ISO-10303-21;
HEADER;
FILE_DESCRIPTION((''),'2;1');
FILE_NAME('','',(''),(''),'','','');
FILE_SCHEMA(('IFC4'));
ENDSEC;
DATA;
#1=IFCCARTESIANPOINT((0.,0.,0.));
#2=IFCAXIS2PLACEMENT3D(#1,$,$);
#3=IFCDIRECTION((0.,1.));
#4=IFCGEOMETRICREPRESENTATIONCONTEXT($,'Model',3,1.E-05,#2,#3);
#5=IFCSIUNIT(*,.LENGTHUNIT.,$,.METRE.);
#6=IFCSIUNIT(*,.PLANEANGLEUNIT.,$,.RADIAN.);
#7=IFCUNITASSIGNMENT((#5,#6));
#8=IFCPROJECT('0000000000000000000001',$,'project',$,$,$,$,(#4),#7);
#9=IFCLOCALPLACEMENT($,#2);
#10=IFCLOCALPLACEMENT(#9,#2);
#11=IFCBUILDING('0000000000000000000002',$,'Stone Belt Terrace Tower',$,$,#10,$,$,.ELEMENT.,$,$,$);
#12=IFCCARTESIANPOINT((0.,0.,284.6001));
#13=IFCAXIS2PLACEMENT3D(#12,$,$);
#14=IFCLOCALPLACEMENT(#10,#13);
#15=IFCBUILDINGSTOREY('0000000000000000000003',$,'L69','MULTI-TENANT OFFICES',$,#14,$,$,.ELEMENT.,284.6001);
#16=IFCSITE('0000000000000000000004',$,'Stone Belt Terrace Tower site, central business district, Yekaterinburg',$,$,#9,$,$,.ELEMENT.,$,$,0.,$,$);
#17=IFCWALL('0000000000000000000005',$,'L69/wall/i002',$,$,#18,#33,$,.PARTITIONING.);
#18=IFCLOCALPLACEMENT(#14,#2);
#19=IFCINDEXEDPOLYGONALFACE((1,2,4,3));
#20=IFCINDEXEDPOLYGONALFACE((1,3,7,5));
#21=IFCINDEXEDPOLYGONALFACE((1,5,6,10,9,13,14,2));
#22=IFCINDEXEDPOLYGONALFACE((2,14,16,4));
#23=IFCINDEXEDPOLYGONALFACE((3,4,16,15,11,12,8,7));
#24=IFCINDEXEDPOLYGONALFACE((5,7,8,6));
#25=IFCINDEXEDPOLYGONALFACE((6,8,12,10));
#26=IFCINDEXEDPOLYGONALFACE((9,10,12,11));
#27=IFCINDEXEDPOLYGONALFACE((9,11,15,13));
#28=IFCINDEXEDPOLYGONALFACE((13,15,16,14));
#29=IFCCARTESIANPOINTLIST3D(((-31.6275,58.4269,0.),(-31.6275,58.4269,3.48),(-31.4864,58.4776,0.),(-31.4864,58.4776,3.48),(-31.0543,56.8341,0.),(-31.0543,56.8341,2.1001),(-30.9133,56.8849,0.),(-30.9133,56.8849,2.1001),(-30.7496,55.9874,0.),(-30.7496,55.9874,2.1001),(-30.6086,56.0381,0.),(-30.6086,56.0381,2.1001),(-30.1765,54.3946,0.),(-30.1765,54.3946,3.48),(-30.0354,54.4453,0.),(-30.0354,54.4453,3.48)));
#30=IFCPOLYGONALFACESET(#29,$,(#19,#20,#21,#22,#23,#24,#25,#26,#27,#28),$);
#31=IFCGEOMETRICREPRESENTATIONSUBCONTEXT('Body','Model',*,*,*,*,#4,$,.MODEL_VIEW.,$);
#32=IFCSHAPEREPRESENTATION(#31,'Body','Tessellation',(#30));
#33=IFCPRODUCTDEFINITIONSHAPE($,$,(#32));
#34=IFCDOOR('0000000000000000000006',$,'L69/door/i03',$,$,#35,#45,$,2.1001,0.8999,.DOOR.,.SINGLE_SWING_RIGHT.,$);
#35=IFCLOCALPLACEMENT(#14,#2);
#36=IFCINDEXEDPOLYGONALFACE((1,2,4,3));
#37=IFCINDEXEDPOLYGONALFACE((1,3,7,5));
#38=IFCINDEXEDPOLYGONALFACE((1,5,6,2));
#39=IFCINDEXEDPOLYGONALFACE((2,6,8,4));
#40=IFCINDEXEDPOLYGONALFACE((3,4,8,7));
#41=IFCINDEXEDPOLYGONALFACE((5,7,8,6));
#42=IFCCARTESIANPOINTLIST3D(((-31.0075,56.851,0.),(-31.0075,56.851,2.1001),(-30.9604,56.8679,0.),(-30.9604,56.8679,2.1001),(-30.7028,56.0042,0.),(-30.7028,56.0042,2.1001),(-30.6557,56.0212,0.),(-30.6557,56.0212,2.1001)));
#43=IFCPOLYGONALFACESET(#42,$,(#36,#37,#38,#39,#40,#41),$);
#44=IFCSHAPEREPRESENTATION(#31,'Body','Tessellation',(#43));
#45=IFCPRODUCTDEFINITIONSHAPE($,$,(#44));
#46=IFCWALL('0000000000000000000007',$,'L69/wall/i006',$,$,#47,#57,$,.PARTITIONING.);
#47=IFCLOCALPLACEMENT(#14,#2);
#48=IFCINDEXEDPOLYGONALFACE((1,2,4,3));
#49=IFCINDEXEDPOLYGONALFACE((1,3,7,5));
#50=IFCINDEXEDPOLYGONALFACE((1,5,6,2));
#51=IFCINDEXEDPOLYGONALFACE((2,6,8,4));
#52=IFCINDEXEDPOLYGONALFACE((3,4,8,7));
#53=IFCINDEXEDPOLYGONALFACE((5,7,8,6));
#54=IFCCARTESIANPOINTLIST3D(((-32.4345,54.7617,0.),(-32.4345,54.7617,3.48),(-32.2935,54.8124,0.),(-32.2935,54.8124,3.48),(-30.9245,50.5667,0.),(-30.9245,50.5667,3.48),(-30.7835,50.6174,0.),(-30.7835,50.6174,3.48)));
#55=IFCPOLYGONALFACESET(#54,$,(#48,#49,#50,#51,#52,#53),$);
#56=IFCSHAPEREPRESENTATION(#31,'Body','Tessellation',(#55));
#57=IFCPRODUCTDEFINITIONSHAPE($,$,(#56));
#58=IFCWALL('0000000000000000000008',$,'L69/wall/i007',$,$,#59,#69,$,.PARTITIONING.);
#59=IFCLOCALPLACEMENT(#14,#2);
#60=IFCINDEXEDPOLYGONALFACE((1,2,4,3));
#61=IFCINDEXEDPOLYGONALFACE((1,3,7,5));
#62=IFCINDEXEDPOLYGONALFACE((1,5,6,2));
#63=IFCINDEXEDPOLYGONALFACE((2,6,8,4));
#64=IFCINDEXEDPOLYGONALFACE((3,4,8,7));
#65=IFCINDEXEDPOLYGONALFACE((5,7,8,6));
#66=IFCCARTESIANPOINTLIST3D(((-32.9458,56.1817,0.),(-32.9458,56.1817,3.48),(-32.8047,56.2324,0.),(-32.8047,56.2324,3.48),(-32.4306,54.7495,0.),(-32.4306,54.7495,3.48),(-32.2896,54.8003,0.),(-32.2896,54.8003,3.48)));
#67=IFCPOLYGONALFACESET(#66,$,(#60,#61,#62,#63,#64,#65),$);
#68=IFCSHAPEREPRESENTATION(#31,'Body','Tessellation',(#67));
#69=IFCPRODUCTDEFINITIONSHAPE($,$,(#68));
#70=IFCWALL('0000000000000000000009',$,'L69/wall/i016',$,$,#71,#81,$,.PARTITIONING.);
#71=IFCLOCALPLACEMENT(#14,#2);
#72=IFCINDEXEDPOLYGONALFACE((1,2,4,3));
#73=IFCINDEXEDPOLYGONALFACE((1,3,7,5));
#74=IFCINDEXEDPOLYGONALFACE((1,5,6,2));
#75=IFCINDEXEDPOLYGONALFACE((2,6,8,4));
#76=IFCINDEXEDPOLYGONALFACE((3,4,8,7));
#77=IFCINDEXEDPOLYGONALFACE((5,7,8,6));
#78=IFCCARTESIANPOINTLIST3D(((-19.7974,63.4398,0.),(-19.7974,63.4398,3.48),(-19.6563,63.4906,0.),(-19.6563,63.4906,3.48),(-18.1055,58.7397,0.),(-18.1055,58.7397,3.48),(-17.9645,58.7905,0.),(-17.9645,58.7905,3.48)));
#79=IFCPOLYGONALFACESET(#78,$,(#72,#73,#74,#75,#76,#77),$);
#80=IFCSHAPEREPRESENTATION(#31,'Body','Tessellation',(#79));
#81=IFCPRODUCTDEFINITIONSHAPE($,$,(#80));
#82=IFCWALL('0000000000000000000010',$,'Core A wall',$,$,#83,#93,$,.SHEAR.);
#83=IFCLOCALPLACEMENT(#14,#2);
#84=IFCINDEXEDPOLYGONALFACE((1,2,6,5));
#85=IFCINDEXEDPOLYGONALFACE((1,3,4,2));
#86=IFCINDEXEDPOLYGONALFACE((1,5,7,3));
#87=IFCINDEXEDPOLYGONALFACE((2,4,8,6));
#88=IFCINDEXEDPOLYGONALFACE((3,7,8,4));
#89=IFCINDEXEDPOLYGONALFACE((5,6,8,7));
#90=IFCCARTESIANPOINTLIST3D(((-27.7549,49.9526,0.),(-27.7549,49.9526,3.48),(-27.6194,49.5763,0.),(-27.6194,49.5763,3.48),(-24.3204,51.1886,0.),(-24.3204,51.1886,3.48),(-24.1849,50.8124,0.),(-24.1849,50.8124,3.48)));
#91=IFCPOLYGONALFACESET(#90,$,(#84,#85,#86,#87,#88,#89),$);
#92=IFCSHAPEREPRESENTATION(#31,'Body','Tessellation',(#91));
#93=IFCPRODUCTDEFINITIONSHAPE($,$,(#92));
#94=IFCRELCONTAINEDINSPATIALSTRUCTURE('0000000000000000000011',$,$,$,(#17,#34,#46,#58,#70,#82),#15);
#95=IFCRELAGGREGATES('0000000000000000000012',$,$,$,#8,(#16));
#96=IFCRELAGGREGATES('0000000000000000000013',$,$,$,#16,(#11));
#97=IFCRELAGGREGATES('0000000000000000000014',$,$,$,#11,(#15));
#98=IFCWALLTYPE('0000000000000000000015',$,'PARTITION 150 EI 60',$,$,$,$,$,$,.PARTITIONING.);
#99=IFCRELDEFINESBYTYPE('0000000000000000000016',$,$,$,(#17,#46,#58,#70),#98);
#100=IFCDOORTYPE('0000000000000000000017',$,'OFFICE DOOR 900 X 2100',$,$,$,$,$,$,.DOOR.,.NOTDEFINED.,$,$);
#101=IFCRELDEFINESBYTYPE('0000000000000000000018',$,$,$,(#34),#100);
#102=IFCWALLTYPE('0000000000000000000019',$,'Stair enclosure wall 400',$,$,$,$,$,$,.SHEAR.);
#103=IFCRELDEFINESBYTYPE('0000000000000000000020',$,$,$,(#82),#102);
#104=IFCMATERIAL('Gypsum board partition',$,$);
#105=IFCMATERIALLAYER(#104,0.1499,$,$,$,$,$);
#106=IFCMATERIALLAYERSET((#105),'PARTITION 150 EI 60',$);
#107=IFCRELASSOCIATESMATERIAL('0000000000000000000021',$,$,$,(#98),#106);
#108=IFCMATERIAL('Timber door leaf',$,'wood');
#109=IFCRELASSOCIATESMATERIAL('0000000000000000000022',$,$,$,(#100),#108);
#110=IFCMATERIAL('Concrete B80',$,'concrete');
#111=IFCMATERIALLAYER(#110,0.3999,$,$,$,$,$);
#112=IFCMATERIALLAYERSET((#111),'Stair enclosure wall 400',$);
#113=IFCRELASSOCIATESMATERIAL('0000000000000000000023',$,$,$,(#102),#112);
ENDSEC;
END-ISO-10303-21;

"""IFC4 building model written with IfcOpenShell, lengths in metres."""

from ifc_helpers import new_model, si_unit, direction, frame, frame_2d, origin, place, context, subcontext, project, spatial, rectangle, extrude, material, layer, layer_set, type_object, element, fill, save


model = new_model("IFC4")

# Units and contexts
model_context = context("Model", 3, precision=1e-05, world=origin(), true_north=direction((0.0, 1.0)))
body_context = subcontext(model_context, "Body", "Model", "MODEL_VIEW")
ifc_project = project(units=[si_unit("LENGTHUNIT", "METRE"), si_unit("PLANEANGLEUNIT", "RADIAN")], contexts=[model_context])

# Site, building, storey
site_placement = place(None, origin())
site = spatial("IfcSite", under=ifc_project, at=site_placement, Name="Stone Belt Terrace Tower site, central business district, Yekaterinburg", CompositionType="ELEMENT", RefElevation=0.0)
building_placement = place(site_placement, origin())
building = spatial("IfcBuilding", under=site, at=building_placement, Name="Stone Belt Terrace Tower", CompositionType="ELEMENT")
storey_placement = place(building_placement, frame((0.0, 0.0, 284.6001)))
storey = spatial("IfcBuildingStorey", under=building, at=storey_placement, Name="L69", Description="MULTI-TENANT OFFICES", CompositionType="ELEMENT", Elevation=284.6001)

# Shared definitions
ifc_material_1 = material(Name="Timber door leaf", Category="wood")

# Shared definitions
ifc_material_2 = material(Name="Concrete B80", Category="concrete")

# Wall, opening, door
ifc_material_3 = material(Name="Gypsum board partition")
ifc_layer_1 = layer(ifc_material_3, 0.1499)
ifc_layer_set_1 = layer_set([ifc_layer_1], Name="PARTITION 150 EI 60")
wall_type_1 = type_object("IfcWallType", Name="PARTITION 150 EI 60", PredefinedType="PARTITIONING", material=ifc_layer_set_1)
wall_1_placement = place(storey_placement, frame((-31.5569, 58.4521, 0.0), z_axis=(0.0, 0.0, 1.0), x_axis=(0.33858, -0.940938, 0.0)))
wall_1 = element("IfcWall", 1, at=wall_1_placement, inside=storey, type_object=wall_type_1, Name="L69/wall/i002", PredefinedType="PARTITIONING", context=body_context, shape_type="SweptSolid", body=[
    extrude(rectangle(XDim=4.2854, YDim=0.1499, at=frame_2d((2.1426, 0.0))), origin(), (0.0, 0.0, 1.0), 3.48),
])
opening_1_placement = place(wall_1_placement, frame((1.6926, 0.0, 0.0)))
opening_1 = element("IfcOpeningElement", 2, at=opening_1_placement, cuts=wall_1, PredefinedType="OPENING", context=body_context, shape_type="SweptSolid", body=[
    extrude(rectangle(XDim=0.8999, YDim=2.1001, at=frame_2d((0.45, 1.05))), frame((0.0, 0.085, 0.0), z_axis=(0.0, -1.0, 0.0), x_axis=(1.0, 0.0, 0.0)), (0.0, 0.0, 1.0), 0.1699),
])
door_type_1 = type_object("IfcDoorType", Name="OFFICE DOOR 900 X 2100", OperationType="NOTDEFINED", PredefinedType="DOOR", material=ifc_material_1)
door_1_placement = place(opening_1_placement, origin())
door_1 = element("IfcDoor", 3, at=door_1_placement, inside=storey, type_object=door_type_1, Name="L69/door/i03", OperationType="SINGLE_SWING_RIGHT", OverallHeight=2.1001, OverallWidth=0.8999, PredefinedType="DOOR", context=body_context, shape_type="SweptSolid", body=[
    extrude(rectangle(XDim=0.8999, YDim=2.1001, at=frame_2d((0.45, 1.05))), frame((0.0, 0.0249, 0.0), z_axis=(0.0, -1.0, 0.0), x_axis=(1.0, 0.0, 0.0)), (0.0, 0.0, 1.0), 0.05),
])
fill(opening_1, door_1)

# Walls
wall_2_placement = place(storey_placement, frame((-30.854, 50.592, 0.0), z_axis=(0.0, 0.0, 1.0), x_axis=(-0.338677, 0.940903, 0.0)))
element("IfcWall", 4, at=wall_2_placement, inside=storey, type_object=wall_type_1, Name="L69/wall/i006", PredefinedType="PARTITIONING", context=body_context, shape_type="SweptSolid", body=[
    extrude(rectangle(XDim=4.4585, YDim=0.1499, at=frame_2d((2.2292, 0.0))), origin(), (0.0, 0.0, 1.0), 3.48),
])
wall_3_placement = place(storey_placement, frame((-32.3601, 54.7749, 0.0), z_axis=(0.0, 0.0, 1.0), x_axis=(-0.33847, 0.940977, 0.0)))
element("IfcWall", 5, at=wall_3_placement, inside=storey, type_object=wall_type_1, Name="L69/wall/i007", PredefinedType="PARTITIONING", context=body_context, shape_type="SweptSolid", body=[
    extrude(rectangle(XDim=1.522, YDim=0.1499, at=frame_2d((0.761, 0.0))), origin(), (0.0, 0.0, 1.0), 3.48),
])
wall_4_placement = place(storey_placement, frame((-19.7268, 63.4651, 0.0), z_axis=(0.0, 0.0, 1.0), x_axis=(0.338688, -0.940899, 0.0)))
element("IfcWall", 6, at=wall_4_placement, inside=storey, type_object=wall_type_1, Name="L69/wall/i016", PredefinedType="PARTITIONING", context=body_context, shape_type="SweptSolid", body=[
    extrude(rectangle(XDim=4.9954, YDim=0.1499, at=frame_2d((2.4976, 0.0))), origin(), (0.0, 0.0, 1.0), 3.48),
])
ifc_layer_2 = layer(ifc_material_2, 0.3999)
ifc_layer_set_2 = layer_set([ifc_layer_2], Name="Stair enclosure wall 400")
wall_type_2 = type_object("IfcWallType", Name="Stair enclosure wall 400", PredefinedType="SHEAR", material=ifc_layer_set_2)
wall_5_placement = place(storey_placement, frame((-27.6873, 49.7644, 0.0), z_axis=(0.0, 0.0, 1.0), x_axis=(0.940919, 0.338632, 0.0)))
element("IfcWall", 7, at=wall_5_placement, inside=storey, type_object=wall_type_2, Name="Core A wall", PredefinedType="SHEAR", context=body_context, shape_type="SweptSolid", body=[
    extrude(rectangle(XDim=3.6501, YDim=0.3999, at=frame_2d((1.8252, 0.0))), origin(), (0.0, 0.0, 1.0), 3.48),
])

save(model, "model.ifc")
